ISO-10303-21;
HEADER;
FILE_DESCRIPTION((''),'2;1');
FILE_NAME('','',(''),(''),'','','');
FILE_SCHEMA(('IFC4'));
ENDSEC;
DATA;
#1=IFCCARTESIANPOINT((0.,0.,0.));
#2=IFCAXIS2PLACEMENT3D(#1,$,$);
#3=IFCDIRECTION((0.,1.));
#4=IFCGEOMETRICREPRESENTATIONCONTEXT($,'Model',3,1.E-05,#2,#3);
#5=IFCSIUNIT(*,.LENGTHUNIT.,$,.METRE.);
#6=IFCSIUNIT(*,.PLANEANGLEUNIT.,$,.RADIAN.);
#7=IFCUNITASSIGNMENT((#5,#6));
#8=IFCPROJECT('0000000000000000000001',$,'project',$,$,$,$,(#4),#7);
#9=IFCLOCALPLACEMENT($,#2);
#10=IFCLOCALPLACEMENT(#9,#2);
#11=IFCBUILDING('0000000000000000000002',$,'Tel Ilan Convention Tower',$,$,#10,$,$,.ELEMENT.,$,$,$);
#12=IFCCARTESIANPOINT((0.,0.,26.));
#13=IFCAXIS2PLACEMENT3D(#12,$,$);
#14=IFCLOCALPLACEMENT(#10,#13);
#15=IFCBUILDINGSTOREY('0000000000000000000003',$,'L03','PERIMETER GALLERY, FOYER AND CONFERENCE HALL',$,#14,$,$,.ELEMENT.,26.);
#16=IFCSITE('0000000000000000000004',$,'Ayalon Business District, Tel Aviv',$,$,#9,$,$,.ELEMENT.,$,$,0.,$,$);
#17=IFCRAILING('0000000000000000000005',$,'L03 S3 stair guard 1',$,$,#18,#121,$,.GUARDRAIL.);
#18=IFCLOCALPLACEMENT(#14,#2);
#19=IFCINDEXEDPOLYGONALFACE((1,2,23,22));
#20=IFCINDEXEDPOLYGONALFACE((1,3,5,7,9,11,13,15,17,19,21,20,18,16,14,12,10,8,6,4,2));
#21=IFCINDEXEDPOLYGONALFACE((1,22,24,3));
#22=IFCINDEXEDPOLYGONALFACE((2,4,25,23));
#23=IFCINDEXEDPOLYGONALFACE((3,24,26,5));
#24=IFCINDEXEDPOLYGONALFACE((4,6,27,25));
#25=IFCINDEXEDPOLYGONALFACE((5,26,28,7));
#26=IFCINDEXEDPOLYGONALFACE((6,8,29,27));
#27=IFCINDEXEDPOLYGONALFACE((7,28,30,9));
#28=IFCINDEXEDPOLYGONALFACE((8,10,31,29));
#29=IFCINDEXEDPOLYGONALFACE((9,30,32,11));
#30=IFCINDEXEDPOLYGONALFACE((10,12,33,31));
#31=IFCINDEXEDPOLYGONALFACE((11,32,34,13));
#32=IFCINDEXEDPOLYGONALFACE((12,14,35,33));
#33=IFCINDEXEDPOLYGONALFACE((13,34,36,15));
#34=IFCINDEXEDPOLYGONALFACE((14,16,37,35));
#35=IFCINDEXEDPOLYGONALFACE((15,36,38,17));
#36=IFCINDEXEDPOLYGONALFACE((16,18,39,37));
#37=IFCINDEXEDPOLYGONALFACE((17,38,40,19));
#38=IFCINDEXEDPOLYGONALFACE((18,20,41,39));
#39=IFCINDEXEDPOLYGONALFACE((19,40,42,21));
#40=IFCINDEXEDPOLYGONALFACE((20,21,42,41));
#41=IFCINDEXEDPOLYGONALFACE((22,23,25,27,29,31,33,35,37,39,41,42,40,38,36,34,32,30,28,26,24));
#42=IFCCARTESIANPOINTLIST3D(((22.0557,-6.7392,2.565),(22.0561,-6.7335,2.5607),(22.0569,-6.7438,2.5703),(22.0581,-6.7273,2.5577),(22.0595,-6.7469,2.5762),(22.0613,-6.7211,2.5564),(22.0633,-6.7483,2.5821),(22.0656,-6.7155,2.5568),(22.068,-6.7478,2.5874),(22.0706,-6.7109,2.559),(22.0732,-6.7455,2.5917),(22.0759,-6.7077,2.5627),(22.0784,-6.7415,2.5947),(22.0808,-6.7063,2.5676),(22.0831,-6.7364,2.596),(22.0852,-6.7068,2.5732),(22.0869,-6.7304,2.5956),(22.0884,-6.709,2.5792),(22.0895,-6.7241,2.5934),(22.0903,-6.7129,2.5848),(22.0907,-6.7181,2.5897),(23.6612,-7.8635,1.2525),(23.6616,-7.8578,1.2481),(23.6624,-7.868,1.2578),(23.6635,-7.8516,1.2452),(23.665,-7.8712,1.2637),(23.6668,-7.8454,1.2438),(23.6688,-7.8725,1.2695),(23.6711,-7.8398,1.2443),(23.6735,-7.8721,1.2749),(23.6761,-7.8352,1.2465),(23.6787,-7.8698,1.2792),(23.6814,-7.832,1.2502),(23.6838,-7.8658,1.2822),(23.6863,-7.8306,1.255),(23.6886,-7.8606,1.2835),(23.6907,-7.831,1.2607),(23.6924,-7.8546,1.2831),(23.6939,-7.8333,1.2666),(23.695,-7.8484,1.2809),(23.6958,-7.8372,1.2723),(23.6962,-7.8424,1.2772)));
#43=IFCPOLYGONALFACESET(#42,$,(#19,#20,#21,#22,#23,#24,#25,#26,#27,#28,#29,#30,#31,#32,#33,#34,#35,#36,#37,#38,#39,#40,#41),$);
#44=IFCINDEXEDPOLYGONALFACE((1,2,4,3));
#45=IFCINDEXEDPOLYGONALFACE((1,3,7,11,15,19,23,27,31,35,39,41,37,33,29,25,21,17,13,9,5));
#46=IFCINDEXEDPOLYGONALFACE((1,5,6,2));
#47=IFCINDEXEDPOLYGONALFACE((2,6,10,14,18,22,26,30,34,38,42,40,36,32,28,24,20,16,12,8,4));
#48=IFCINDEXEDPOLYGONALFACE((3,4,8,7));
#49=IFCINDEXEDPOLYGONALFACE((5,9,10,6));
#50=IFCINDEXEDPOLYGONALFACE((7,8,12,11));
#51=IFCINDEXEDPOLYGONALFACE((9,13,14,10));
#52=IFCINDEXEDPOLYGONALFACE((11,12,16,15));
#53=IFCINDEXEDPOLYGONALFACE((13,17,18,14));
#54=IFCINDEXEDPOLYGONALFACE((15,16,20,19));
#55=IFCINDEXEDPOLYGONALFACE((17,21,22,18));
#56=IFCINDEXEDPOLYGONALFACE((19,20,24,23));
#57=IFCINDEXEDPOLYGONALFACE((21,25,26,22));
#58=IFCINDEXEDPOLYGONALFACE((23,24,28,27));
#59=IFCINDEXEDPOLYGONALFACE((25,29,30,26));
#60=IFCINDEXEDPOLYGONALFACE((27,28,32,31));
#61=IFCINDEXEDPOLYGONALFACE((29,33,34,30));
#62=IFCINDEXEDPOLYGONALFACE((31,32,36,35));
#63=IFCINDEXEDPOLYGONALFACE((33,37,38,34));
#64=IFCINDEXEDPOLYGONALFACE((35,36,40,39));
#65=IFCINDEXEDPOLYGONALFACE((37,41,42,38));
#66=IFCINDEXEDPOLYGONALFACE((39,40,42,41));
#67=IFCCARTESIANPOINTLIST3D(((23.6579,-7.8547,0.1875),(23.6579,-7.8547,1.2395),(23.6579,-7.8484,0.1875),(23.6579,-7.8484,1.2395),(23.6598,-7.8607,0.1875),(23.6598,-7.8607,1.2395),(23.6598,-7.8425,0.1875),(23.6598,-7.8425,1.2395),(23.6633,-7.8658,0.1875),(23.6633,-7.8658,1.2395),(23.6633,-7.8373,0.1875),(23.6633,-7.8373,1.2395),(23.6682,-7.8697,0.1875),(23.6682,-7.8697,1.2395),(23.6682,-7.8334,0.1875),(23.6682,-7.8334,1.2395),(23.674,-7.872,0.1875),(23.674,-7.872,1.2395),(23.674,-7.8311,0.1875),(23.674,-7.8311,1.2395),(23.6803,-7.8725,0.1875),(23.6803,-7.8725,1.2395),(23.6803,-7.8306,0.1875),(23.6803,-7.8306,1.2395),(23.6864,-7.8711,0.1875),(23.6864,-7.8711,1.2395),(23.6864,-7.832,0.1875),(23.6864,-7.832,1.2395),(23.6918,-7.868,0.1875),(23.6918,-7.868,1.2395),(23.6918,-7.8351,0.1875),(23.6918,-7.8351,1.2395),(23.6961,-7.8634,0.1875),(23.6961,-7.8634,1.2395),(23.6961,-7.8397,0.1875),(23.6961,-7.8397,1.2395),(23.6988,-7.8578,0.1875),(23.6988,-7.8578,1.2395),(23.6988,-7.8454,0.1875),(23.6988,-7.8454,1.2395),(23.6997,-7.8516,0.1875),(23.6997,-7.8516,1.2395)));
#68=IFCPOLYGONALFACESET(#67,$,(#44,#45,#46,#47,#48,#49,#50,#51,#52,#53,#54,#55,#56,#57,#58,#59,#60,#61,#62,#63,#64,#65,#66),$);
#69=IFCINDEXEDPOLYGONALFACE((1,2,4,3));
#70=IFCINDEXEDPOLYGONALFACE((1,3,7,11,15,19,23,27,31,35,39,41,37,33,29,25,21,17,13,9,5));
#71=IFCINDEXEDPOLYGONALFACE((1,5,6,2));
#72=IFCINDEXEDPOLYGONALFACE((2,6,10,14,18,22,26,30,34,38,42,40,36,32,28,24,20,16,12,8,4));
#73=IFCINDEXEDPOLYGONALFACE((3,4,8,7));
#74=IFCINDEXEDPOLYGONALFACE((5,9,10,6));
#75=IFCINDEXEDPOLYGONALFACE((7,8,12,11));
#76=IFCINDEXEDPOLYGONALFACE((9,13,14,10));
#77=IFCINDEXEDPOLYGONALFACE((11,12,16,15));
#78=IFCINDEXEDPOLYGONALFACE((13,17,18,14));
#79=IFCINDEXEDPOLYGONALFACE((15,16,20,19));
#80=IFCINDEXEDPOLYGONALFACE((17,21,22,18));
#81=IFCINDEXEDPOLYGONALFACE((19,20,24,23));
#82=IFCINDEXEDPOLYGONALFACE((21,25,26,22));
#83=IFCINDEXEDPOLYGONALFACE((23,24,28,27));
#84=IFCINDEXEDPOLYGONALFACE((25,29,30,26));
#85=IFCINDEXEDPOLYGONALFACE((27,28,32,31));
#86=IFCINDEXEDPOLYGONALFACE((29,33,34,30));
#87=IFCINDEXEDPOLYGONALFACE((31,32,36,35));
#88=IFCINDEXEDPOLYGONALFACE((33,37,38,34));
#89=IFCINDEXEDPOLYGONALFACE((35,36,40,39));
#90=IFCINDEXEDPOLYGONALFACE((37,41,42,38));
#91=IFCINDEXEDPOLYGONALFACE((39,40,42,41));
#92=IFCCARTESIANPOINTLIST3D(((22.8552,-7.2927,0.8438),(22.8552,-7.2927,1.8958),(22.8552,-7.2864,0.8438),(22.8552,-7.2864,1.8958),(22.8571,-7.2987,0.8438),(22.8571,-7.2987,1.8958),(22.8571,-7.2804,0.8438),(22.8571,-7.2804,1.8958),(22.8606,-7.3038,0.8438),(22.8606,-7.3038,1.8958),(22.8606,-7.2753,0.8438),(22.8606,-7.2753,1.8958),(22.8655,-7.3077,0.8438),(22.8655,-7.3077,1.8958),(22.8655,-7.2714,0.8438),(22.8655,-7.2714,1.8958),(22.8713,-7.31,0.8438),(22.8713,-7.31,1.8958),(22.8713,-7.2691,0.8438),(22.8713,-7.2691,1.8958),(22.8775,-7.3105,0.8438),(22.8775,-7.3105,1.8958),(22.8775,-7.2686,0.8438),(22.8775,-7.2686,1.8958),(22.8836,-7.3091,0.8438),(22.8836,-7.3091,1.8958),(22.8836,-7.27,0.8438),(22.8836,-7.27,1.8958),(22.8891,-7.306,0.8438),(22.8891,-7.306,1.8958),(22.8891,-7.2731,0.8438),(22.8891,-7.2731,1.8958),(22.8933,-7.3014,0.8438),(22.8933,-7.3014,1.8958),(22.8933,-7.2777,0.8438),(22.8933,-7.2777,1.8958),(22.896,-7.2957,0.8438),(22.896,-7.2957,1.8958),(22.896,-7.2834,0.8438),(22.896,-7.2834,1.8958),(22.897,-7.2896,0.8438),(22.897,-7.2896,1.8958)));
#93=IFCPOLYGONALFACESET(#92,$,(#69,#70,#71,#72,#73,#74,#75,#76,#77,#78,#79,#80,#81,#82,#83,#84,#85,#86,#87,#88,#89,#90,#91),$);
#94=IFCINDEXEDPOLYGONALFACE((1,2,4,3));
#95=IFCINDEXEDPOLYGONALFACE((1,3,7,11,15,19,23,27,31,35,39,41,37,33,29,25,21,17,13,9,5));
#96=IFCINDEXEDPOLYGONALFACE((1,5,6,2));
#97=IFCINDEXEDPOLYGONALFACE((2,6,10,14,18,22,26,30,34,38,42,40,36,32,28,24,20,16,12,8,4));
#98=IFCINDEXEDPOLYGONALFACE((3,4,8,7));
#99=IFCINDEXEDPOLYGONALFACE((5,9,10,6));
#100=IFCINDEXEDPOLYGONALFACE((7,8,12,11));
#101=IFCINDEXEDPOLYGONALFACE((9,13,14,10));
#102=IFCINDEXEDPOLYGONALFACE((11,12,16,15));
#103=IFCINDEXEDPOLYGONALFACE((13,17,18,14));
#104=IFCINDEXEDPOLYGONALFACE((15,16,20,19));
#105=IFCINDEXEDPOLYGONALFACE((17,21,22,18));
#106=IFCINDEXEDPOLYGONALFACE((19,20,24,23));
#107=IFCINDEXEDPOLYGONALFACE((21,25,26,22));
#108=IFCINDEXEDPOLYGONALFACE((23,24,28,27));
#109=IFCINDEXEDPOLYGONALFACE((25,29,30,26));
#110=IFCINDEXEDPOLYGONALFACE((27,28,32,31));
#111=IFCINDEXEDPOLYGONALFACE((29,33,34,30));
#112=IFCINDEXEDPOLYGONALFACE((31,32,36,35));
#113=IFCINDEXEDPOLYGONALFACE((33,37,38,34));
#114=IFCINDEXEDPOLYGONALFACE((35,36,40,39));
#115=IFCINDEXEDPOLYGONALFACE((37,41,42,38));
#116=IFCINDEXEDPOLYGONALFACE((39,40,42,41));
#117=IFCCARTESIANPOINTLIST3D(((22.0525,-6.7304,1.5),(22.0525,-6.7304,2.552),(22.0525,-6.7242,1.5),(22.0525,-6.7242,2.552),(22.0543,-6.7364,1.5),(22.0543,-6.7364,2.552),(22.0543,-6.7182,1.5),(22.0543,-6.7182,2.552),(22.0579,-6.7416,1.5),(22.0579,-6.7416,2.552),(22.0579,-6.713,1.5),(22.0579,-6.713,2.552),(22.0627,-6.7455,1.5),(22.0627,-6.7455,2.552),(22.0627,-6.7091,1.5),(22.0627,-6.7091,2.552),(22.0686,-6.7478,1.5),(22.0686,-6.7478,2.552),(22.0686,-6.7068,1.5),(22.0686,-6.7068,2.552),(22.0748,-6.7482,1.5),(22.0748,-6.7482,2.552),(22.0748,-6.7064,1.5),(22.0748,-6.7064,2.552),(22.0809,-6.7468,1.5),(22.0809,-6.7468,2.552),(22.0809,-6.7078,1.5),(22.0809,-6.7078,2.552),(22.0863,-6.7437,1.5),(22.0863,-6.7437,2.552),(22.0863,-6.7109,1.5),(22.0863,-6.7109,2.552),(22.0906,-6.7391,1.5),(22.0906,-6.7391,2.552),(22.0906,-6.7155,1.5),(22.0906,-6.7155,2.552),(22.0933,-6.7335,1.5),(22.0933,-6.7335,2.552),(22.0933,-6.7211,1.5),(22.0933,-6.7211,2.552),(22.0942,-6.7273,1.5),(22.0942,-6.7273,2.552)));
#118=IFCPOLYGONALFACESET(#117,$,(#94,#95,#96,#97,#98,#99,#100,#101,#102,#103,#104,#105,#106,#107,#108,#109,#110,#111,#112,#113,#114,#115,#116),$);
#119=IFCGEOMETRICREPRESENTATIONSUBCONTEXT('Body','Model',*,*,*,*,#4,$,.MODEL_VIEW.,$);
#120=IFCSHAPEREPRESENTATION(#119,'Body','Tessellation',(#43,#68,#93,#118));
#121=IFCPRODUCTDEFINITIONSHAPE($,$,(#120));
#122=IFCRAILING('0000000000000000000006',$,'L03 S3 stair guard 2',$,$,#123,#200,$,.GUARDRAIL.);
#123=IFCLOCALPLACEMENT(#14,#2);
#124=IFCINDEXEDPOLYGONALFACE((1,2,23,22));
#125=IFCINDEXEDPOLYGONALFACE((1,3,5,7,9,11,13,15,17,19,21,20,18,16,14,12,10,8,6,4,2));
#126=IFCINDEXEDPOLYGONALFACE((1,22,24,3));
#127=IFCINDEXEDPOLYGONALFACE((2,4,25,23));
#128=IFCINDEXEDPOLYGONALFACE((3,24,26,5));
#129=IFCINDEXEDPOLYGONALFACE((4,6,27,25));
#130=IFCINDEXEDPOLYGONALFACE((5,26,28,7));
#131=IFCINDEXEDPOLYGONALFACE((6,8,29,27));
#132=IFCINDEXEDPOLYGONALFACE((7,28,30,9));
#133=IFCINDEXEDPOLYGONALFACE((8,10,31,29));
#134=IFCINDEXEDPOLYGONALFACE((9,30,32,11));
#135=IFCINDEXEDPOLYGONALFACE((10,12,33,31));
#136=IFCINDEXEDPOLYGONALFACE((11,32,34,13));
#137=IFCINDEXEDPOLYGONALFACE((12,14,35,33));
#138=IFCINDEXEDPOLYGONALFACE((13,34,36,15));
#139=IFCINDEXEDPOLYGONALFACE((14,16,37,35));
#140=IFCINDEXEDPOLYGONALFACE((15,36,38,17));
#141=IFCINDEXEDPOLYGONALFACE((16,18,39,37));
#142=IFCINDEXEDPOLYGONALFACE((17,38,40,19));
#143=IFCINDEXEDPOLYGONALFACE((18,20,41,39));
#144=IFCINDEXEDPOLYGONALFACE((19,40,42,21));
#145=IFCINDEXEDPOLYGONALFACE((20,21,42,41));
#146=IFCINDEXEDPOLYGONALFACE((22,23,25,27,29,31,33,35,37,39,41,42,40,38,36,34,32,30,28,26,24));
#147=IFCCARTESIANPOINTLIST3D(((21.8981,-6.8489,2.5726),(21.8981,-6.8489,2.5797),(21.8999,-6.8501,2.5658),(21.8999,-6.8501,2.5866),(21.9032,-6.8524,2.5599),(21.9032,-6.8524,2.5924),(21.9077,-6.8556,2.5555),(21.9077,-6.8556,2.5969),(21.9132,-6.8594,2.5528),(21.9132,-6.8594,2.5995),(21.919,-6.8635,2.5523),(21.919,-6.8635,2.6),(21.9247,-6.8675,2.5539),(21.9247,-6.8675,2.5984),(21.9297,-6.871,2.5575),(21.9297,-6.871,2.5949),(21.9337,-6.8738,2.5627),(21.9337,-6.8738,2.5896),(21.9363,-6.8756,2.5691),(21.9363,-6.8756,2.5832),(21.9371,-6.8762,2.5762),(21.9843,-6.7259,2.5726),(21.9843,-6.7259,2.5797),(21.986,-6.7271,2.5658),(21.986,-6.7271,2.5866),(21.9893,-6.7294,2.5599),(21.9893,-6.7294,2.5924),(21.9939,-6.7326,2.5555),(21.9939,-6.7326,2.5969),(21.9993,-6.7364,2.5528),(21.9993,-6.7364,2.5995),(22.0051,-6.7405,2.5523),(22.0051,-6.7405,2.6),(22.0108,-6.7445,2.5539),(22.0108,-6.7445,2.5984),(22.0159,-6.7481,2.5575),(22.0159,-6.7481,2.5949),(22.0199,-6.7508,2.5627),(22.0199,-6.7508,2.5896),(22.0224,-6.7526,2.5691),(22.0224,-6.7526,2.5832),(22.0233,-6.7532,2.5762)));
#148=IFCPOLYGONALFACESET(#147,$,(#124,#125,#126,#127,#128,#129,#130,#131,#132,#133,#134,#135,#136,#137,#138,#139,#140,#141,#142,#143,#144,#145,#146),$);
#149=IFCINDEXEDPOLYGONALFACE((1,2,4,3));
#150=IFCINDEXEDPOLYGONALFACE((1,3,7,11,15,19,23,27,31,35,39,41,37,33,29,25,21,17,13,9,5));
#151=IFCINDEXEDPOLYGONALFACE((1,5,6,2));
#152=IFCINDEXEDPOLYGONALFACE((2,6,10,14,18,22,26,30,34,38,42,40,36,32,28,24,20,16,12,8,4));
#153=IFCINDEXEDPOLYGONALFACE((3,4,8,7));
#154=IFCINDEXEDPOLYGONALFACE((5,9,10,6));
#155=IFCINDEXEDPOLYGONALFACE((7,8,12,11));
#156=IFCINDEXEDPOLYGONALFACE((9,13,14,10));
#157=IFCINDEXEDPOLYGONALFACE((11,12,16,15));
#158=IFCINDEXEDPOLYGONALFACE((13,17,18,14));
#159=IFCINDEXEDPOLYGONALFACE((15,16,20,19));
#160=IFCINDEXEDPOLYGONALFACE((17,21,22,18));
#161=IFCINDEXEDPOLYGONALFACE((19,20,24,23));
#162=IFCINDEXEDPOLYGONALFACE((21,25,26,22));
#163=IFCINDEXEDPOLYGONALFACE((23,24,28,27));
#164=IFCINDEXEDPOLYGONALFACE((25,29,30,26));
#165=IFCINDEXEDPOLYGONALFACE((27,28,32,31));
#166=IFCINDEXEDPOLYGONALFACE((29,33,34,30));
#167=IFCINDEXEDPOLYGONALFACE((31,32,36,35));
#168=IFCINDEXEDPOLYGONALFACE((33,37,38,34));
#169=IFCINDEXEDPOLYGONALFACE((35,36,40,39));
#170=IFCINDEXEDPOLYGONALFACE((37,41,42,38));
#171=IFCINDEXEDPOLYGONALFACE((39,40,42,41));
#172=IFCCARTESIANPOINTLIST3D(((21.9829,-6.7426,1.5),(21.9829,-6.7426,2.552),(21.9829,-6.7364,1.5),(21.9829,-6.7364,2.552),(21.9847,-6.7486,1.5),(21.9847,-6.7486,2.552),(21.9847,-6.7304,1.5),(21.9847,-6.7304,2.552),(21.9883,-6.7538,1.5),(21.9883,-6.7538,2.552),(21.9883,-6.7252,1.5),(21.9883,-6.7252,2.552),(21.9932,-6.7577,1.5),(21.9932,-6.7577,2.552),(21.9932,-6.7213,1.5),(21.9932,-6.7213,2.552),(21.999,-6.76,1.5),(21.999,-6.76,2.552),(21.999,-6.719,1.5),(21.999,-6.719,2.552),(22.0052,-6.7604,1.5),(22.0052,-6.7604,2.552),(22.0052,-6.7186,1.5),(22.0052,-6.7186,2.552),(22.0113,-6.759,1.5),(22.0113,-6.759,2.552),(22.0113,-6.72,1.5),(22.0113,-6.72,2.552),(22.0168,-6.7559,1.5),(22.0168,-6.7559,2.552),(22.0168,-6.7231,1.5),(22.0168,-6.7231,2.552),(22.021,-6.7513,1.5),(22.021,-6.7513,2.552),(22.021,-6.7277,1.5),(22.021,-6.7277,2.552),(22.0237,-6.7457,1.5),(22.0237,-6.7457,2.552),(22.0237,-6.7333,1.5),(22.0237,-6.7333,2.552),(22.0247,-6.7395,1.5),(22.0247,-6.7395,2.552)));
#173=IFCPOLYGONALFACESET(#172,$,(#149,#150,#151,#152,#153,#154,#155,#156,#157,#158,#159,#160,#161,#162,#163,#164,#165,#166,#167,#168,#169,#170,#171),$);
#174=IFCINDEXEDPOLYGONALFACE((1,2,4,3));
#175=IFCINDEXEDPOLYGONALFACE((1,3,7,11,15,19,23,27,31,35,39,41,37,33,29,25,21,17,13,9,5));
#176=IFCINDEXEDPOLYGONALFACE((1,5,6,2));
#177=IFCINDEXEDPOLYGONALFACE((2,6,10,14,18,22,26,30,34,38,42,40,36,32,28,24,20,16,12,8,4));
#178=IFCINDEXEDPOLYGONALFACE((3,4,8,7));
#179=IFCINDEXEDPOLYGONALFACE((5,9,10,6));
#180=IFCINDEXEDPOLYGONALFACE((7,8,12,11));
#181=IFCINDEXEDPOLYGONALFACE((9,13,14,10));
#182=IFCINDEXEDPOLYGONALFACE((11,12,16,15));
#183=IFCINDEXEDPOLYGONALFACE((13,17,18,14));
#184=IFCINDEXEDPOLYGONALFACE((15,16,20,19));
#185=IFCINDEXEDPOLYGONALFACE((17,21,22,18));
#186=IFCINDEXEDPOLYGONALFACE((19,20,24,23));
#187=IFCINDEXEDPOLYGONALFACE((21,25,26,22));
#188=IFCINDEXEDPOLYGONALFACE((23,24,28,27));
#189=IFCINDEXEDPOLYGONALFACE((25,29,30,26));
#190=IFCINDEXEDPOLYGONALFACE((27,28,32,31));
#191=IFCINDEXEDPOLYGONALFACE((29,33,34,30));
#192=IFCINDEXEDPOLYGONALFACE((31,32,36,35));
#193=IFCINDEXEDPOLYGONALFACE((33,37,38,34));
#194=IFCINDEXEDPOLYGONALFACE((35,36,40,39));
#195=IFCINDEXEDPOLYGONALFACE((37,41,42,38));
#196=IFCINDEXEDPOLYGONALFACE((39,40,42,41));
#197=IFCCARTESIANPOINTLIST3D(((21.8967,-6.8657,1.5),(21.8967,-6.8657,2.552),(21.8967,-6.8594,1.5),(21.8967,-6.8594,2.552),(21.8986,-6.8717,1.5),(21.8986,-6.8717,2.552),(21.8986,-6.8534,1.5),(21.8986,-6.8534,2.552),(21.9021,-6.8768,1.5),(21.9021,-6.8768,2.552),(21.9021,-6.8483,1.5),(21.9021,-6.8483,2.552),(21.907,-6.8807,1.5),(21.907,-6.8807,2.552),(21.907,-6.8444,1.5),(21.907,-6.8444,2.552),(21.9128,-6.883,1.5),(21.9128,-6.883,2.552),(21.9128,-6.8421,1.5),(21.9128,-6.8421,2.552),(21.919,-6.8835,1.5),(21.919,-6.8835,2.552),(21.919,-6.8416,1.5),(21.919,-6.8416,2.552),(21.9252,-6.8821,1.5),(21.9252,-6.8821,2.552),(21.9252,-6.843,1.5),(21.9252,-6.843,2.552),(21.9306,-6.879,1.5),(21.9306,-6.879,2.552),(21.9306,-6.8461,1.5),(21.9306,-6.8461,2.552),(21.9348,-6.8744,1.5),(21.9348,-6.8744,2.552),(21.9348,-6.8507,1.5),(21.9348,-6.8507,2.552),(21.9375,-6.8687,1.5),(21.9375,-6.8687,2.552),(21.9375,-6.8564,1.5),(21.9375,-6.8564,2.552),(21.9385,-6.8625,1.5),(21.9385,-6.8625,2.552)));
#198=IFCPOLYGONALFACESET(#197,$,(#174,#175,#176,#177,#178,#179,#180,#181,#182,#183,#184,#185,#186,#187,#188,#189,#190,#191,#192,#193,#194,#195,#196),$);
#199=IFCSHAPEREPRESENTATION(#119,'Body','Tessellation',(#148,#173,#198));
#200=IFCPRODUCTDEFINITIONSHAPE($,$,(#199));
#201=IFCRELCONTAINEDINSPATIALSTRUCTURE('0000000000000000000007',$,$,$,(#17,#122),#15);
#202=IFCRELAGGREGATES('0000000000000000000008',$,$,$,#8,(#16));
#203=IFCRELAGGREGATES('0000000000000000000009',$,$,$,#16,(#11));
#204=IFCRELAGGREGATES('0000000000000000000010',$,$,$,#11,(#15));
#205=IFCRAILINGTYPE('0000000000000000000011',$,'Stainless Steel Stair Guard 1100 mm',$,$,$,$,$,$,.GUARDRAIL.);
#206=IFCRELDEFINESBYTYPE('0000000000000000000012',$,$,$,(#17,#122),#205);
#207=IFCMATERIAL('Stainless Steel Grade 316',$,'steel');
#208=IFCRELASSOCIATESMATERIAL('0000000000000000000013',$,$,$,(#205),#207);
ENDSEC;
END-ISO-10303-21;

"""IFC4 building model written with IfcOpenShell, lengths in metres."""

from ifc_helpers import new_model, si_unit, direction, frame, origin, origin_2d, place, context, subcontext, project, spatial, circle, extrude, material, type_object, element, save


model = new_model("IFC4")

# Units and contexts
model_context = context("Model", 3, precision=1e-05, world=origin(), true_north=direction((0.0, 1.0)))
body_context = subcontext(model_context, "Body", "Model", "MODEL_VIEW")
ifc_project = project(units=[si_unit("LENGTHUNIT", "METRE"), si_unit("PLANEANGLEUNIT", "RADIAN")], contexts=[model_context])

# Site, building, storey
site_placement = place(None, origin())
site = spatial("IfcSite", under=ifc_project, at=site_placement, Name="Ayalon Business District, Tel Aviv", CompositionType="ELEMENT", RefElevation=0.0)
building_placement = place(site_placement, origin())
building = spatial("IfcBuilding", under=site, at=building_placement, Name="Tel Ilan Convention Tower", CompositionType="ELEMENT")
storey_placement = place(building_placement, frame((0.0, 0.0, 26.0)))
storey = spatial("IfcBuildingStorey", under=building, at=storey_placement, Name="L03", Description="PERIMETER GALLERY, FOYER AND CONFERENCE HALL", CompositionType="ELEMENT", Elevation=26.0)

# Railings
ifc_material_1 = material(Name="Stainless Steel Grade 316", Category="steel")
railing_type_1 = type_object("IfcRailingType", Name="Stainless Steel Stair Guard 1100 mm", PredefinedType="GUARDRAIL", material=ifc_material_1)
railing_1_placement = place(storey_placement, frame((23.6787, -7.8516, 0.1875)))
element("IfcRailing", 1, at=railing_1_placement, inside=storey, type_object=railing_type_1, Name="L03 S3 stair guard 1", PredefinedType="GUARDRAIL", context=body_context, shape_type="SweptSolid", body=[
    extrude(circle(Radius=0.0239, at=origin_2d()), frame((0.0, 0.0, 1.0762), z_axis=(-0.680616, 0.476617, 0.556416), x_axis=(-0.573613, -0.819127, 0.0)), (0.0, 0.0, 1.0), 2.3589),
    extrude(circle(Radius=0.021, at=origin_2d()), origin(), (0.0, 0.0, 1.0), 1.052),
    extrude(circle(Radius=0.021, at=origin_2d()), frame((-0.8027, 0.562, 0.6562)), (0.0, 0.0, 1.0), 1.052),
    extrude(circle(Radius=0.021, at=origin_2d()), frame((-1.6055, 1.1243, 1.3125)), (0.0, 0.0, 1.0), 1.052),
])
railing_2_placement = place(storey_placement, frame((22.0037, -6.7395, 1.5)))
element("IfcRailing", 2, at=railing_2_placement, inside=storey, type_object=railing_type_1, Name="L03 S3 stair guard 2", PredefinedType="GUARDRAIL", context=body_context, shape_type="SweptSolid", body=[
    extrude(circle(Radius=0.0239, at=origin_2d()), frame((0.0, 0.0, 1.0762), z_axis=(-0.57368, -0.819079, 0.0), x_axis=(0.819079, -0.57368, 0.0)), (0.0, 0.0, 1.0), 0.1501),
    extrude(circle(Radius=0.021, at=origin_2d()), origin(), (0.0, 0.0, 1.0), 1.052),
    extrude(circle(Radius=0.021, at=origin_2d()), frame((-0.0862, -0.123, 0.0)), (0.0, 0.0, 1.0), 1.052),
])

save(model, "model.ifc")
